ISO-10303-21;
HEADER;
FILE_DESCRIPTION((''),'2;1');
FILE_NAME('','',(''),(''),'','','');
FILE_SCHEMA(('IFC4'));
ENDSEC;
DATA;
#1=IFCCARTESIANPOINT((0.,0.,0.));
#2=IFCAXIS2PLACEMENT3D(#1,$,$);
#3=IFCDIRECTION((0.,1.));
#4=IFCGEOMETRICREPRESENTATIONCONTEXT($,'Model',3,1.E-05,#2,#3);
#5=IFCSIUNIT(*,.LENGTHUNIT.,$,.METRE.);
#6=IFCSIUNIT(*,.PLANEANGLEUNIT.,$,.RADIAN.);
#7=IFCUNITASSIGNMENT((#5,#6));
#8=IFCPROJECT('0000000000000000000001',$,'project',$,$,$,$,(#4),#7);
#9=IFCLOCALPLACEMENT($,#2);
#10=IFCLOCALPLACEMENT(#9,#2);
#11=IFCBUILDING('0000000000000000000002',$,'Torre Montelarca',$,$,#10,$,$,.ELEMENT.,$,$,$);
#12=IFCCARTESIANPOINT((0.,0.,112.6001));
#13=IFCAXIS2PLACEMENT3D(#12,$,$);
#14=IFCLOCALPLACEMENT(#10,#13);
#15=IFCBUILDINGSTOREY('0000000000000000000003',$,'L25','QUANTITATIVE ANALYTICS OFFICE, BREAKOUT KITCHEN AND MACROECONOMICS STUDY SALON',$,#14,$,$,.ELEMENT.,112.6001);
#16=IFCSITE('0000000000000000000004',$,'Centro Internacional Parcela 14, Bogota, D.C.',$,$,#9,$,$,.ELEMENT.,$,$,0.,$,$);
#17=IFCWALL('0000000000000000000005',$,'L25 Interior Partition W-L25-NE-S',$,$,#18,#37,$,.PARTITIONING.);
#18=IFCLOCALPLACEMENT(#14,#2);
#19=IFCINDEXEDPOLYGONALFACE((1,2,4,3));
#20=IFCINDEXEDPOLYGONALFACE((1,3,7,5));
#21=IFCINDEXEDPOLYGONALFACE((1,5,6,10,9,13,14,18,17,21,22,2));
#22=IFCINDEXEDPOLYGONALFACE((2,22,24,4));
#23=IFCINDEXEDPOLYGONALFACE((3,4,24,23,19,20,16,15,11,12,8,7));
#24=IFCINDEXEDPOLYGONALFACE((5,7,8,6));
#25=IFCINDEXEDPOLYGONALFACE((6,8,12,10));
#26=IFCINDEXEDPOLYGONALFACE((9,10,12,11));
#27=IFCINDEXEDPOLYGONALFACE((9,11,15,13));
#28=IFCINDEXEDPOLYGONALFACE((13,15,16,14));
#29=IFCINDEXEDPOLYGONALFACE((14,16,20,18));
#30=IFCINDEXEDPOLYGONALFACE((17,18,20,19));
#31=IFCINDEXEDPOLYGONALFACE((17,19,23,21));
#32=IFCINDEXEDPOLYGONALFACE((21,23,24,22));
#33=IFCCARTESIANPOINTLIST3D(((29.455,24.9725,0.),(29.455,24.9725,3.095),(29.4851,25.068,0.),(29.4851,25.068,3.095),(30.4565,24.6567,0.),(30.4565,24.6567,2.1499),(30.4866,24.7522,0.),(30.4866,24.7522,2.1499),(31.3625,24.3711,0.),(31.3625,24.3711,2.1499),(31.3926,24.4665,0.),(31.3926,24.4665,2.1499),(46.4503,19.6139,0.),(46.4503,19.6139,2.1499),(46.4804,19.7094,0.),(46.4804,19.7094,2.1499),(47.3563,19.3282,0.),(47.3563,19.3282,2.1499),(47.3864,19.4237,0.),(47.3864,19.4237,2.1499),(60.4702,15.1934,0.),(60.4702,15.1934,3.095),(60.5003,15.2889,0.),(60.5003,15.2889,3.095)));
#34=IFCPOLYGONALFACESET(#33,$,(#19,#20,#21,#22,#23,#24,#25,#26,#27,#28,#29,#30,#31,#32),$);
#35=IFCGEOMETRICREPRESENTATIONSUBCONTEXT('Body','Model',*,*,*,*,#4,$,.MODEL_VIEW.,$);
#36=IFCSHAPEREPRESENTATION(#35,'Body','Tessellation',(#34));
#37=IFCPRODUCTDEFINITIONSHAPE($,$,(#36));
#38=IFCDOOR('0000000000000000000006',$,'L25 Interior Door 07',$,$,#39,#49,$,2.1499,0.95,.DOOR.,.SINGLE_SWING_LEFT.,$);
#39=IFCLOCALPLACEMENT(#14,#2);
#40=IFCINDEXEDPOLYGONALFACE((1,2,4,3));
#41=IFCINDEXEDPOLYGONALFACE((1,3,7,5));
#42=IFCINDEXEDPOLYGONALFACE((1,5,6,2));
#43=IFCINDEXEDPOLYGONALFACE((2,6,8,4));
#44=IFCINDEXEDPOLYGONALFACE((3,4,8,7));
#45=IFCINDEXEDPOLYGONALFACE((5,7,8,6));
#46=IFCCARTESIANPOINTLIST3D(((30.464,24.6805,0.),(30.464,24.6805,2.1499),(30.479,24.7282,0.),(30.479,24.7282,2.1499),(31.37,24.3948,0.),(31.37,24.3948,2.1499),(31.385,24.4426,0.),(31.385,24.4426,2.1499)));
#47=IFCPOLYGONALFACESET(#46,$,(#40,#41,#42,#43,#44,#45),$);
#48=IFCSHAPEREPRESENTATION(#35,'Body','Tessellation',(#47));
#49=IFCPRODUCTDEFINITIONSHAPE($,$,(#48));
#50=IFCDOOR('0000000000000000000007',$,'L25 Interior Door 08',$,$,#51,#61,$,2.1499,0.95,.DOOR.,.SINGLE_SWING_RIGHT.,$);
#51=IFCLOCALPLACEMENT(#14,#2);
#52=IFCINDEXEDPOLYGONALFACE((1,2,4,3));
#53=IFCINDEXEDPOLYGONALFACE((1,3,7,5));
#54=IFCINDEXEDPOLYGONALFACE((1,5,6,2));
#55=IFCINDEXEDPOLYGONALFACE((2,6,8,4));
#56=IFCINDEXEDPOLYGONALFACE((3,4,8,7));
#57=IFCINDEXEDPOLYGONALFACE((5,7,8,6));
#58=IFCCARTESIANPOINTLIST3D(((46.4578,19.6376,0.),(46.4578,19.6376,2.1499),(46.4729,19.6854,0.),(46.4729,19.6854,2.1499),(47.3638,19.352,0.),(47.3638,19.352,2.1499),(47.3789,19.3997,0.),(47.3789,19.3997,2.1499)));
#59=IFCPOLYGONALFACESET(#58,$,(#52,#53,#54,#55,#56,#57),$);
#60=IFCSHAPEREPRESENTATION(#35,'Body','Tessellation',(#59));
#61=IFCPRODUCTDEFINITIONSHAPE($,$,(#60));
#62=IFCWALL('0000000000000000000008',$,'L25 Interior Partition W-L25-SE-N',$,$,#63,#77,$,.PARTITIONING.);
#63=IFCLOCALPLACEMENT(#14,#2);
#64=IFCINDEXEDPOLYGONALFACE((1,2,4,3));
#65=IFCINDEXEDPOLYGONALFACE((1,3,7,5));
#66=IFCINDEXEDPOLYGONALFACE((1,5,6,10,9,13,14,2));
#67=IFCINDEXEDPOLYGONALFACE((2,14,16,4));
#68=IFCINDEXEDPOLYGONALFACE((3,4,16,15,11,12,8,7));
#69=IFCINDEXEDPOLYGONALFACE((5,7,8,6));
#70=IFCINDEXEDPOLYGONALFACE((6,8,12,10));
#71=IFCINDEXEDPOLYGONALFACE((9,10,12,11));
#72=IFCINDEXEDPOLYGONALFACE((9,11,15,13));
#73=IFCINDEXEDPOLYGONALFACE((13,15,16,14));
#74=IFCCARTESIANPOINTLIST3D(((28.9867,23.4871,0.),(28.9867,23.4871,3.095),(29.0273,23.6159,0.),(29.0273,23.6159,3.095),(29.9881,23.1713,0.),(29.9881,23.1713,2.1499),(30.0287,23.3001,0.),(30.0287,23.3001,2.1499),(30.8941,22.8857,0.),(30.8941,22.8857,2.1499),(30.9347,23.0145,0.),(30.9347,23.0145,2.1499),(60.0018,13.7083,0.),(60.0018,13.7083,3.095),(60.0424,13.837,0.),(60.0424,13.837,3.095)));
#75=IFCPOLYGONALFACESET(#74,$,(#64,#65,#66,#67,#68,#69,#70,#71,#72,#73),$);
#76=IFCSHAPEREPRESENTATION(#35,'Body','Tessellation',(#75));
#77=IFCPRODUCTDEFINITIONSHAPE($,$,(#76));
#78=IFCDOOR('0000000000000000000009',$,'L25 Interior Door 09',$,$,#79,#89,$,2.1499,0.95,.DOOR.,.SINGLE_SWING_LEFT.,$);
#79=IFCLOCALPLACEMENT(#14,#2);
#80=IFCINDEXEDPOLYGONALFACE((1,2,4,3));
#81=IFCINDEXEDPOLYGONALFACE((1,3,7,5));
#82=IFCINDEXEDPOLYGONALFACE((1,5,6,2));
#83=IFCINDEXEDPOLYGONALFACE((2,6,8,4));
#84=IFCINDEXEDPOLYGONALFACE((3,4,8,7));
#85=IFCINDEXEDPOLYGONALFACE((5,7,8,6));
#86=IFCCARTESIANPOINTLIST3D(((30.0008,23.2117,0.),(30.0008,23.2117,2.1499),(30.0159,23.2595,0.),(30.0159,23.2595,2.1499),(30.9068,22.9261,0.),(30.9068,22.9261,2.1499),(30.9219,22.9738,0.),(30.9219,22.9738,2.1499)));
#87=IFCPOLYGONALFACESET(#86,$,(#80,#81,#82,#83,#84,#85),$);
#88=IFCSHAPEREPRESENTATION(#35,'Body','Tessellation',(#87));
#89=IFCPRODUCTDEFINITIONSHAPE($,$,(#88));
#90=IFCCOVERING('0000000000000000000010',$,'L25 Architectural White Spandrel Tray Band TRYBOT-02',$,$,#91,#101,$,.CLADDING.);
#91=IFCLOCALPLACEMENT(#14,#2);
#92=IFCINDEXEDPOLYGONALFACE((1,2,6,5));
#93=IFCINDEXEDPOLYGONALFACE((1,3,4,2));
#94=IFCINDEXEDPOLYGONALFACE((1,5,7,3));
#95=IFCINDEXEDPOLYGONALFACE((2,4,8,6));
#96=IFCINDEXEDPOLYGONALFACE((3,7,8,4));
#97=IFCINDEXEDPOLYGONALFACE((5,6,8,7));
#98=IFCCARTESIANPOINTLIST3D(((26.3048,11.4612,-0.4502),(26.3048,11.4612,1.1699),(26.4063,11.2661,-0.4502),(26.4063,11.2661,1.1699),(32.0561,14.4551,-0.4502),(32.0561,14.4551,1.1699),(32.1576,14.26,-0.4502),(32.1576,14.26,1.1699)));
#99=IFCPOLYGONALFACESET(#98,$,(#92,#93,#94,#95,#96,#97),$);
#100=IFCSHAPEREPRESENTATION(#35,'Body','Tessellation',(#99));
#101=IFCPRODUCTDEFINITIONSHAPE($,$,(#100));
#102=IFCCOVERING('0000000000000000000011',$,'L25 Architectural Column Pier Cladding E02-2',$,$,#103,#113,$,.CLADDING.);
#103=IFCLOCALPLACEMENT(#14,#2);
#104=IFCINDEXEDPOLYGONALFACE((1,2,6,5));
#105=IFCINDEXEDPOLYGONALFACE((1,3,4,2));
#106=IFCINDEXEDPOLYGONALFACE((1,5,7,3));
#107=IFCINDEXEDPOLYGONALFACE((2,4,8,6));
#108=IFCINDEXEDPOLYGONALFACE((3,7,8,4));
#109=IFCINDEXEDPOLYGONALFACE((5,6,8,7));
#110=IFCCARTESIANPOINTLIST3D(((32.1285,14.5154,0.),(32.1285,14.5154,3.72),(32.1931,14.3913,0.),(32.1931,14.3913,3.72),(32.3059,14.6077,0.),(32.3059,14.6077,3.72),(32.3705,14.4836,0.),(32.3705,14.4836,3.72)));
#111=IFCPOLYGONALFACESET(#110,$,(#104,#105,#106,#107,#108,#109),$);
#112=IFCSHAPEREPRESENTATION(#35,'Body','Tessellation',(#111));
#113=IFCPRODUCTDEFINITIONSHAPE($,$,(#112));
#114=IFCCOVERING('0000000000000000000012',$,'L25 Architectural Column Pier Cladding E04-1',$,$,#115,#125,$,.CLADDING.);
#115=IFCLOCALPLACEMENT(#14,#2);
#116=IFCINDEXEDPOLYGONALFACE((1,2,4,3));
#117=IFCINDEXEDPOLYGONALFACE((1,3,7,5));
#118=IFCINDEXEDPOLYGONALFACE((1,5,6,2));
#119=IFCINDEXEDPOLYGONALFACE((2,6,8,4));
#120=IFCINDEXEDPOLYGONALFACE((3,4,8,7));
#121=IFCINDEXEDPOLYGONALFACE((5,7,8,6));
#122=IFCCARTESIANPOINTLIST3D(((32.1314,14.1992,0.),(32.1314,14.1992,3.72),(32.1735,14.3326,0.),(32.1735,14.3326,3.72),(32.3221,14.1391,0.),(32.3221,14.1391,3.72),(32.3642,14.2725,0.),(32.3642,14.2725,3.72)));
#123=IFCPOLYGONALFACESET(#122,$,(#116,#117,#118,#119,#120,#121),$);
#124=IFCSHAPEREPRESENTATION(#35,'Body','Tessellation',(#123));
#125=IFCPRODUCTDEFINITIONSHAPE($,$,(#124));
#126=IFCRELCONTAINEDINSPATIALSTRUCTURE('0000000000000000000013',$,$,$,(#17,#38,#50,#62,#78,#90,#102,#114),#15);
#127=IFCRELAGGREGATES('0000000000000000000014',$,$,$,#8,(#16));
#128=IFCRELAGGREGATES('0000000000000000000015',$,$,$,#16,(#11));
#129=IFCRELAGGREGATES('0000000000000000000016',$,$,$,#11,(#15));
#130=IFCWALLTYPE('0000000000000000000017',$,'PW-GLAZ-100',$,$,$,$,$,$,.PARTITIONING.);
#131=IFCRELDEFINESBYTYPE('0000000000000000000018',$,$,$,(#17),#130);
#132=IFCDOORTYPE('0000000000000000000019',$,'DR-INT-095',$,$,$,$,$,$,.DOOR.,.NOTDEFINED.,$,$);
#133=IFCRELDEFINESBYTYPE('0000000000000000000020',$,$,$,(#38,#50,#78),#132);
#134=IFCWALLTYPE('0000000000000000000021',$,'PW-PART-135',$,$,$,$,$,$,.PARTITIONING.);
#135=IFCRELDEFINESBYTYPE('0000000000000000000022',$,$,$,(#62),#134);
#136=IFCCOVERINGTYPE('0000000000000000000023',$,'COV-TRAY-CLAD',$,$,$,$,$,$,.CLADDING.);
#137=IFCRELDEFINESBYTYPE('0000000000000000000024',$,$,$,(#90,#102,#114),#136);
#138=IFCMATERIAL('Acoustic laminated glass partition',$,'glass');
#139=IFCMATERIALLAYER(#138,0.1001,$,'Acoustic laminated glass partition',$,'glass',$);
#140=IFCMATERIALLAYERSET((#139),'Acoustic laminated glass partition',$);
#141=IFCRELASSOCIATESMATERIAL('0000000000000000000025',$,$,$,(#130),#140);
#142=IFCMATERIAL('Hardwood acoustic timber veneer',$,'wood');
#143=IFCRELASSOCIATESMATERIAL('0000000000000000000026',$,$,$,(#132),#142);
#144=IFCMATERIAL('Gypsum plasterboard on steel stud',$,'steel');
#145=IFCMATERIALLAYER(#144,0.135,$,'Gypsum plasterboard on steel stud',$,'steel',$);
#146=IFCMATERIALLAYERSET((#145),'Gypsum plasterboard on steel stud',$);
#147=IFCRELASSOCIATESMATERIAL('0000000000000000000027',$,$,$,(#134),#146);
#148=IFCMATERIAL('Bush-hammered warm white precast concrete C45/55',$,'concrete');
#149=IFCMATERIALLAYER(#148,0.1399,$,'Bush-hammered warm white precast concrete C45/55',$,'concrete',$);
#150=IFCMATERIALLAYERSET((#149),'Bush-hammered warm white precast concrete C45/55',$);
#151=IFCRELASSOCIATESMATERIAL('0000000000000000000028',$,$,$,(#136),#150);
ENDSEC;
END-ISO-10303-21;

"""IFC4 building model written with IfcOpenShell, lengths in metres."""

from ifc_helpers import new_model, si_unit, direction, frame, frame_2d, origin, origin_2d, place, context, subcontext, project, spatial, rectangle, extrude, source, transform, mapped, material, layer, layer_set, type_object, element, fill, save


model = new_model("IFC4")

# Units and contexts
model_context = context("Model", 3, precision=1e-05, world=origin(), true_north=direction((0.0, 1.0)))
body_context = subcontext(model_context, "Body", "Model", "MODEL_VIEW")
ifc_project = project(units=[si_unit("LENGTHUNIT", "METRE"), si_unit("PLANEANGLEUNIT", "RADIAN")], contexts=[model_context])

# Site, building, storey
site_placement = place(None, origin())
site = spatial("IfcSite", under=ifc_project, at=site_placement, Name="Centro Internacional Parcela 14, Bogota, D.C.", CompositionType="ELEMENT", RefElevation=0.0)
building_placement = place(site_placement, origin())
building = spatial("IfcBuilding", under=site, at=building_placement, Name="Torre Montelarca", CompositionType="ELEMENT")
storey_placement = place(building_placement, frame((0.0, 0.0, 112.6001)))
storey = spatial("IfcBuildingStorey", under=building, at=storey_placement, Name="L25", Description="QUANTITATIVE ANALYTICS OFFICE, BREAKOUT KITCHEN AND MACROECONOMICS STUDY SALON", CompositionType="ELEMENT", Elevation=112.6001)

# Shared definitions
ifc_material_1 = material(Name="Gypsum plasterboard on steel stud", Category="steel")

# Wall, openings, doors
ifc_material_2 = material(Name="Acoustic laminated glass partition", Category="glass")
ifc_layer_1 = layer(ifc_material_2, 0.1001, Name="Acoustic laminated glass partition", Category="glass")
ifc_layer_set_1 = layer_set([ifc_layer_1], Name="Acoustic laminated glass partition")
wall_type_1 = type_object("IfcWallType", Name="PW-GLAZ-100", PredefinedType="PARTITIONING", material=ifc_layer_set_1)
wall_1_placement = place(storey_placement, frame((29.47, 25.0203, 0.0), z_axis=(0.0, 0.0, 1.0), x_axis=(0.953717, -0.300706, 0.0)))
wall_1 = element("IfcWall", 1, at=wall_1_placement, inside=storey, type_object=wall_type_1, Name="L25 Interior Partition W-L25-NE-S", PredefinedType="PARTITIONING", context=body_context, shape_type="SweptSolid", body=[
    extrude(rectangle(XDim=32.5203, YDim=0.1001, at=frame_2d((16.2603, 0.0))), origin(), (0.0, 0.0, 1.0), 3.095),
])
opening_1_placement = place(wall_1_placement, frame((1.05, 0.0, 0.0)))
opening_1 = element("IfcOpeningElement", 2, at=opening_1_placement, cuts=wall_1, PredefinedType="OPENING", context=body_context, shape_type="SweptSolid", body=[
    extrude(rectangle(XDim=0.95, YDim=2.1499, at=frame_2d((0.4751, 1.075))), frame((0.0, 0.0601, 0.0), z_axis=(0.0, -1.0, 0.0), x_axis=(1.0, 0.0, 0.0)), (0.0, 0.0, 1.0), 0.1201),
])
opening_2_placement = place(wall_1_placement, frame((17.8201, 0.0, 0.0)))
opening_2 = element("IfcOpeningElement", 3, at=opening_2_placement, cuts=wall_1, PredefinedType="OPENING", context=body_context, shape_type="SweptSolid", body=[
    extrude(rectangle(XDim=0.95, YDim=2.1499, at=frame_2d((0.4751, 1.075))), frame((0.0, 0.0601, 0.0), z_axis=(0.0, -1.0, 0.0), x_axis=(1.0, 0.0, 0.0)), (0.0, 0.0, 1.0), 0.1201),
])
ifc_material_3 = material(Name="Hardwood acoustic timber veneer", Category="wood")
door_type_1 = type_object("IfcDoorType", Name="DR-INT-095", OperationType="NOTDEFINED", PredefinedType="DOOR", material=ifc_material_3)
shared_shape_1 = source(origin(), body_context, "Body", "SweptSolid", [
    extrude(rectangle(XDim=0.95, YDim=2.1499, at=frame_2d((0.4751, 1.075))), frame((0.0, 0.0249, 0.0), z_axis=(0.0, -1.0, 0.0), x_axis=(1.0, 0.0, 0.0)), (0.0, 0.0, 1.0), 0.05),
])
door_1_placement = place(opening_1_placement, origin())
door_1 = element("IfcDoor", 4, at=door_1_placement, inside=storey, type_object=door_type_1, Name="L25 Interior Door 07", OperationType="SINGLE_SWING_LEFT", OverallHeight=2.1499, OverallWidth=0.95, PredefinedType="DOOR", context=body_context, shape_type="MappedRepresentation", body=[
    mapped(shared_shape_1, transform((0.0, 0.0, 0.0), scale=1.0)),
])
fill(opening_1, door_1)
door_2_placement = place(opening_2_placement, origin())
door_2 = element("IfcDoor", 5, at=door_2_placement, inside=storey, type_object=door_type_1, Name="L25 Interior Door 08", OperationType="SINGLE_SWING_RIGHT", OverallHeight=2.1499, OverallWidth=0.95, PredefinedType="DOOR", context=body_context, shape_type="MappedRepresentation", body=[
    mapped(shared_shape_1, transform((0.0, 0.0, 0.0), scale=1.0)),
])
fill(opening_2, door_2)

# Wall, opening, door
ifc_layer_2 = layer(ifc_material_1, 0.135, Name="Gypsum plasterboard on steel stud", Category="steel")
ifc_layer_set_2 = layer_set([ifc_layer_2], Name="Gypsum plasterboard on steel stud")
wall_type_2 = type_object("IfcWallType", Name="PW-PART-135", PredefinedType="PARTITIONING", material=ifc_layer_set_2)
wall_2_placement = place(storey_placement, frame((29.0068, 23.5515, 0.0), z_axis=(0.0, 0.0, 1.0), x_axis=(0.953719, -0.300699, 0.0)))
wall_2 = element("IfcWall", 6, at=wall_2_placement, inside=storey, type_object=wall_type_2, Name="L25 Interior Partition W-L25-SE-N", PredefinedType="PARTITIONING", context=body_context, shape_type="SweptSolid", body=[
    extrude(rectangle(XDim=32.5203, YDim=0.135, at=frame_2d((16.2603, 0.0))), origin(), (0.0, 0.0, 1.0), 3.095),
])
opening_3_placement = place(wall_2_placement, frame((1.05, 0.0, 0.0)))
opening_3 = element("IfcOpeningElement", 7, at=opening_3_placement, cuts=wall_2, PredefinedType="OPENING", context=body_context, shape_type="SweptSolid", body=[
    extrude(rectangle(XDim=0.95, YDim=2.1499, at=frame_2d((0.4751, 1.075))), frame((0.0, 0.0776, 0.0), z_axis=(0.0, -1.0, 0.0), x_axis=(1.0, 0.0, 0.0)), (0.0, 0.0, 1.0), 0.155),
])
door_3_placement = place(opening_3_placement, origin())
door_3 = element("IfcDoor", 8, at=door_3_placement, inside=storey, type_object=door_type_1, Name="L25 Interior Door 09", OperationType="SINGLE_SWING_LEFT", OverallHeight=2.1499, OverallWidth=0.95, PredefinedType="DOOR", context=body_context, shape_type="MappedRepresentation", body=[
    mapped(shared_shape_1, transform((0.0, 0.0, 0.0), scale=1.0)),
])
fill(opening_3, door_3)

# Coverings
ifc_material_4 = material(Name="Bush-hammered warm white precast concrete C45/55", Category="concrete")
ifc_layer_3 = layer(ifc_material_4, 0.1399, Name="Bush-hammered warm white precast concrete C45/55", Category="concrete")
ifc_layer_set_3 = layer_set([ifc_layer_3], Name="Bush-hammered warm white precast concrete C45/55")
covering_type = type_object("IfcCoveringType", Name="COV-TRAY-CLAD", PredefinedType="CLADDING", material=ifc_layer_set_3)
shared_shape_2 = source(origin(), body_context, "Body", "SweptSolid", [
    extrude(rectangle(XDim=6.4839, YDim=0.22, at=origin_2d()), origin(), (0.0, 0.0, 1.0), 1.6201),
])
covering_placement = place(storey_placement, frame((29.2312, 12.8606, -0.4502), z_axis=(0.0, 0.0, 1.0), x_axis=(0.887014, 0.461742, 0.0)))
element("IfcCovering", 9, at=covering_placement, inside=storey, type_object=covering_type, Name="L25 Architectural White Spandrel Tray Band TRYBOT-02", PredefinedType="CLADDING", context=body_context, shape_type="MappedRepresentation", body=[
    mapped(shared_shape_2, transform((0.0, 0.0, 0.0), scale=1.0)),
])
shared_shape_3 = source(origin(), body_context, "Body", "SweptSolid", [
    extrude(rectangle(XDim=0.2, YDim=0.1399, at=origin_2d()), origin(), (0.0, 0.0, 1.0), 3.72),
])
for number, where, z_axis, x_axis, name in (
    (10, (32.2495, 14.4995, 0.0), (0.0, 0.0, 1.0), (0.887012, 0.461747, 0.0), "L25 Architectural Column Pier Cladding E02-2"),
    (11, (32.2478, 14.2358, 0.0), (0.0, 0.0, 1.0), (0.953718, -0.300702, 0.0), "L25 Architectural Column Pier Cladding E04-1"),
):
    element("IfcCovering", number, at=place(storey_placement, frame(where, z_axis=z_axis, x_axis=x_axis)), inside=storey, type_object=covering_type, Name=name, PredefinedType="CLADDING", context=body_context, shape_type="MappedRepresentation", body=[
        mapped(shared_shape_3, transform((0.0, 0.0, 0.0), scale=1.0)),
    ])

save(model, "model.ifc")
